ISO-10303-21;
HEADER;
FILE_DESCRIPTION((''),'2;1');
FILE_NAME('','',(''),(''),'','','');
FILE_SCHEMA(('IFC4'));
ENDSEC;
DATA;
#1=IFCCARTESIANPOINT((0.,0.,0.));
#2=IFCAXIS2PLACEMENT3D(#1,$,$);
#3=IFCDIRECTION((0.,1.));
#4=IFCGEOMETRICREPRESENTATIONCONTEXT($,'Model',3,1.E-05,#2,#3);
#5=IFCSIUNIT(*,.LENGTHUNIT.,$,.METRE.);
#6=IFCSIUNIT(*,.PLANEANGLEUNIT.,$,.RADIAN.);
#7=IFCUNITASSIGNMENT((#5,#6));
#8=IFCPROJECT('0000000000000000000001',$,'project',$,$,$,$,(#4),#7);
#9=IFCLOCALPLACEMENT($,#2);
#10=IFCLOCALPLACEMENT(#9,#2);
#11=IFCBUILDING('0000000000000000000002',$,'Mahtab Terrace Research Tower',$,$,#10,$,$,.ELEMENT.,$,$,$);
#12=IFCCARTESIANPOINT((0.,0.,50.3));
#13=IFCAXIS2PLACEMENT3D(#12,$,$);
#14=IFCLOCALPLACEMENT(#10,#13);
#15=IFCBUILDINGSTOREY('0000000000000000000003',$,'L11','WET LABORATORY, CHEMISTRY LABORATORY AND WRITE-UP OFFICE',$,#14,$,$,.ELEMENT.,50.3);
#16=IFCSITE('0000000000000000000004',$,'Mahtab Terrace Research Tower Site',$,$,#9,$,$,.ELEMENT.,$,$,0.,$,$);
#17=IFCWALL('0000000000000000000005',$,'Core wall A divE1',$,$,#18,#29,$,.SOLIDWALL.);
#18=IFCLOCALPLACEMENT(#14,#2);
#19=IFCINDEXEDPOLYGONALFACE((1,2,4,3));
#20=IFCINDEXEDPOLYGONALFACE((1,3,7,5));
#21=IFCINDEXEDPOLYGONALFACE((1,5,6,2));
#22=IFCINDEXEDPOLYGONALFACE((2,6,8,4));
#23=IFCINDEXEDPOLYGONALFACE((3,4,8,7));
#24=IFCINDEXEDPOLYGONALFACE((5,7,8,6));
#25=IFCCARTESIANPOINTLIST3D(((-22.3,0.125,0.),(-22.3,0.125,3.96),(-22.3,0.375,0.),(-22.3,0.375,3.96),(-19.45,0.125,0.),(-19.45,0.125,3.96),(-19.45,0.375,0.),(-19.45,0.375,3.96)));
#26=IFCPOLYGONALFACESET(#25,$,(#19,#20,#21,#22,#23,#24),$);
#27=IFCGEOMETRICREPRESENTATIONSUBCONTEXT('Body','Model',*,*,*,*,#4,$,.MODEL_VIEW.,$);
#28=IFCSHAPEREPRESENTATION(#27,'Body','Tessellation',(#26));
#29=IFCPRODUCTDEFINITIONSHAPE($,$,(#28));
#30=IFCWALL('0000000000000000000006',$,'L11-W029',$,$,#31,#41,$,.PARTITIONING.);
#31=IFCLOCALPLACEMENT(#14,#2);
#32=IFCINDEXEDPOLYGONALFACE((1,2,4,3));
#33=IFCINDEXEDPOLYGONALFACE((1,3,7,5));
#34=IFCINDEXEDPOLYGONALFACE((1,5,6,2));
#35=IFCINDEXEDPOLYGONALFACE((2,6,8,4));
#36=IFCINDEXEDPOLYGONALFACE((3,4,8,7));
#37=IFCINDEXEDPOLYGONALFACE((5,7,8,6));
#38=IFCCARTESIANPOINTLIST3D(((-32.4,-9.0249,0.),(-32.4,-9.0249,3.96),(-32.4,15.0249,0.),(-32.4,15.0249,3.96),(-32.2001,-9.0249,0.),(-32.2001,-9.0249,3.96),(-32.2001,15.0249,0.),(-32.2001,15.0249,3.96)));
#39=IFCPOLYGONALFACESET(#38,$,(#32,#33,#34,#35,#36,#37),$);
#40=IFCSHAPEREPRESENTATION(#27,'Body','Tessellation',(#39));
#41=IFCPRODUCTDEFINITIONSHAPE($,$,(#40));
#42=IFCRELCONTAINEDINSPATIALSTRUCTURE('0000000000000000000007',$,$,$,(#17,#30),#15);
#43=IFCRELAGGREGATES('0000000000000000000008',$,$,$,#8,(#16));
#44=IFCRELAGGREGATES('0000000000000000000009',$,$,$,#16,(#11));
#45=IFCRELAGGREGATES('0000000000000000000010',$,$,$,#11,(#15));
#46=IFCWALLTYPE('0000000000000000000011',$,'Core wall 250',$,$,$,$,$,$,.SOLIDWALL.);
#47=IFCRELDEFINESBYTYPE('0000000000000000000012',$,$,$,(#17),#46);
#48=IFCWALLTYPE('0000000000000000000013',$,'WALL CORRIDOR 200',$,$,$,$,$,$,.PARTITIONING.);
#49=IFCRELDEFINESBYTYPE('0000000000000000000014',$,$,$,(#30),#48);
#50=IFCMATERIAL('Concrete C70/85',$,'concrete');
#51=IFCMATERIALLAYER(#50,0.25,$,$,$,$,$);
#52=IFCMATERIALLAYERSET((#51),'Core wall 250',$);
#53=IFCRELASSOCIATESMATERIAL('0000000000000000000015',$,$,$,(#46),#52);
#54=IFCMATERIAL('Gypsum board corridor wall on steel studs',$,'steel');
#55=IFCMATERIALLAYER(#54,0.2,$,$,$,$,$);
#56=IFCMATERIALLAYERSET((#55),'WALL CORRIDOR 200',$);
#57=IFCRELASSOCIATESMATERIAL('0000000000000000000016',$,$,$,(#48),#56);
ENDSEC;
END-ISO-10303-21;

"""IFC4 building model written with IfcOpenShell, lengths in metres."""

from ifc_helpers import new_model, si_unit, direction, frame, frame_2d, origin, place, context, subcontext, project, spatial, rectangle, extrude, material, layer, layer_set, type_object, element, save


model = new_model("IFC4")

# Units and contexts
model_context = context("Model", 3, precision=1e-05, world=origin(), true_north=direction((0.0, 1.0)))
body_context = subcontext(model_context, "Body", "Model", "MODEL_VIEW")
ifc_project = project(units=[si_unit("LENGTHUNIT", "METRE"), si_unit("PLANEANGLEUNIT", "RADIAN")], contexts=[model_context])

# Site, building, storey
site_placement = place(None, origin())
site = spatial("IfcSite", under=ifc_project, at=site_placement, Name="Mahtab Terrace Research Tower Site", CompositionType="ELEMENT", RefElevation=0.0)
building_placement = place(site_placement, origin())
building = spatial("IfcBuilding", under=site, at=building_placement, Name="Mahtab Terrace Research Tower", CompositionType="ELEMENT")
storey_placement = place(building_placement, frame((0.0, 0.0, 50.3)))
storey = spatial("IfcBuildingStorey", under=building, at=storey_placement, Name="L11", Description="WET LABORATORY, CHEMISTRY LABORATORY AND WRITE-UP OFFICE", CompositionType="ELEMENT", Elevation=50.3)

# Shared definitions
ifc_material_1 = material(Name="Concrete C70/85", Category="concrete")

# Shared definitions
ifc_layer_1 = layer(ifc_material_1, 0.25)
ifc_layer_set_1 = layer_set([ifc_layer_1], Name="Core wall 250")
wall_type_1 = type_object("IfcWallType", Name="Core wall 250", PredefinedType="SOLIDWALL", material=ifc_layer_set_1)

# Walls
for number, where, z_axis, x_axis, name in (
    (1, (-22.3, 0.25, 0.0), (0.0, 0.0, 1.0), (1.0, 0.0, 0.0), "Core wall A divE1"),
):
    element("IfcWall", number, at=place(storey_placement, frame(where, z_axis=z_axis, x_axis=x_axis)), inside=storey, type_object=wall_type_1, Name=name, PredefinedType="SOLIDWALL", context=body_context, shape_type="SweptSolid", body=[
        extrude(rectangle(XDim=2.8501, YDim=0.25, at=frame_2d((1.425, 0.0))), origin(), (0.0, 0.0, 1.0), 3.96),
    ])
ifc_material_2 = material(Name="Gypsum board corridor wall on steel studs", Category="steel")
ifc_layer_2 = layer(ifc_material_2, 0.2)
ifc_layer_set_2 = layer_set([ifc_layer_2], Name="WALL CORRIDOR 200")
wall_type_2 = type_object("IfcWallType", Name="WALL CORRIDOR 200", PredefinedType="PARTITIONING", material=ifc_layer_set_2)
wall_1_placement = place(storey_placement, frame((-32.3, -9.0249, 0.0), z_axis=(0.0, 0.0, 1.0), x_axis=(0.0, 1.0, 0.0)))
element("IfcWall", 2, at=wall_1_placement, inside=storey, type_object=wall_type_2, Name="L11-W029", PredefinedType="PARTITIONING", context=body_context, shape_type="SweptSolid", body=[
    extrude(rectangle(XDim=24.0498, YDim=0.2, at=frame_2d((12.0249, 0.0))), origin(), (0.0, 0.0, 1.0), 3.96),
])

save(model, "model.ifc")
